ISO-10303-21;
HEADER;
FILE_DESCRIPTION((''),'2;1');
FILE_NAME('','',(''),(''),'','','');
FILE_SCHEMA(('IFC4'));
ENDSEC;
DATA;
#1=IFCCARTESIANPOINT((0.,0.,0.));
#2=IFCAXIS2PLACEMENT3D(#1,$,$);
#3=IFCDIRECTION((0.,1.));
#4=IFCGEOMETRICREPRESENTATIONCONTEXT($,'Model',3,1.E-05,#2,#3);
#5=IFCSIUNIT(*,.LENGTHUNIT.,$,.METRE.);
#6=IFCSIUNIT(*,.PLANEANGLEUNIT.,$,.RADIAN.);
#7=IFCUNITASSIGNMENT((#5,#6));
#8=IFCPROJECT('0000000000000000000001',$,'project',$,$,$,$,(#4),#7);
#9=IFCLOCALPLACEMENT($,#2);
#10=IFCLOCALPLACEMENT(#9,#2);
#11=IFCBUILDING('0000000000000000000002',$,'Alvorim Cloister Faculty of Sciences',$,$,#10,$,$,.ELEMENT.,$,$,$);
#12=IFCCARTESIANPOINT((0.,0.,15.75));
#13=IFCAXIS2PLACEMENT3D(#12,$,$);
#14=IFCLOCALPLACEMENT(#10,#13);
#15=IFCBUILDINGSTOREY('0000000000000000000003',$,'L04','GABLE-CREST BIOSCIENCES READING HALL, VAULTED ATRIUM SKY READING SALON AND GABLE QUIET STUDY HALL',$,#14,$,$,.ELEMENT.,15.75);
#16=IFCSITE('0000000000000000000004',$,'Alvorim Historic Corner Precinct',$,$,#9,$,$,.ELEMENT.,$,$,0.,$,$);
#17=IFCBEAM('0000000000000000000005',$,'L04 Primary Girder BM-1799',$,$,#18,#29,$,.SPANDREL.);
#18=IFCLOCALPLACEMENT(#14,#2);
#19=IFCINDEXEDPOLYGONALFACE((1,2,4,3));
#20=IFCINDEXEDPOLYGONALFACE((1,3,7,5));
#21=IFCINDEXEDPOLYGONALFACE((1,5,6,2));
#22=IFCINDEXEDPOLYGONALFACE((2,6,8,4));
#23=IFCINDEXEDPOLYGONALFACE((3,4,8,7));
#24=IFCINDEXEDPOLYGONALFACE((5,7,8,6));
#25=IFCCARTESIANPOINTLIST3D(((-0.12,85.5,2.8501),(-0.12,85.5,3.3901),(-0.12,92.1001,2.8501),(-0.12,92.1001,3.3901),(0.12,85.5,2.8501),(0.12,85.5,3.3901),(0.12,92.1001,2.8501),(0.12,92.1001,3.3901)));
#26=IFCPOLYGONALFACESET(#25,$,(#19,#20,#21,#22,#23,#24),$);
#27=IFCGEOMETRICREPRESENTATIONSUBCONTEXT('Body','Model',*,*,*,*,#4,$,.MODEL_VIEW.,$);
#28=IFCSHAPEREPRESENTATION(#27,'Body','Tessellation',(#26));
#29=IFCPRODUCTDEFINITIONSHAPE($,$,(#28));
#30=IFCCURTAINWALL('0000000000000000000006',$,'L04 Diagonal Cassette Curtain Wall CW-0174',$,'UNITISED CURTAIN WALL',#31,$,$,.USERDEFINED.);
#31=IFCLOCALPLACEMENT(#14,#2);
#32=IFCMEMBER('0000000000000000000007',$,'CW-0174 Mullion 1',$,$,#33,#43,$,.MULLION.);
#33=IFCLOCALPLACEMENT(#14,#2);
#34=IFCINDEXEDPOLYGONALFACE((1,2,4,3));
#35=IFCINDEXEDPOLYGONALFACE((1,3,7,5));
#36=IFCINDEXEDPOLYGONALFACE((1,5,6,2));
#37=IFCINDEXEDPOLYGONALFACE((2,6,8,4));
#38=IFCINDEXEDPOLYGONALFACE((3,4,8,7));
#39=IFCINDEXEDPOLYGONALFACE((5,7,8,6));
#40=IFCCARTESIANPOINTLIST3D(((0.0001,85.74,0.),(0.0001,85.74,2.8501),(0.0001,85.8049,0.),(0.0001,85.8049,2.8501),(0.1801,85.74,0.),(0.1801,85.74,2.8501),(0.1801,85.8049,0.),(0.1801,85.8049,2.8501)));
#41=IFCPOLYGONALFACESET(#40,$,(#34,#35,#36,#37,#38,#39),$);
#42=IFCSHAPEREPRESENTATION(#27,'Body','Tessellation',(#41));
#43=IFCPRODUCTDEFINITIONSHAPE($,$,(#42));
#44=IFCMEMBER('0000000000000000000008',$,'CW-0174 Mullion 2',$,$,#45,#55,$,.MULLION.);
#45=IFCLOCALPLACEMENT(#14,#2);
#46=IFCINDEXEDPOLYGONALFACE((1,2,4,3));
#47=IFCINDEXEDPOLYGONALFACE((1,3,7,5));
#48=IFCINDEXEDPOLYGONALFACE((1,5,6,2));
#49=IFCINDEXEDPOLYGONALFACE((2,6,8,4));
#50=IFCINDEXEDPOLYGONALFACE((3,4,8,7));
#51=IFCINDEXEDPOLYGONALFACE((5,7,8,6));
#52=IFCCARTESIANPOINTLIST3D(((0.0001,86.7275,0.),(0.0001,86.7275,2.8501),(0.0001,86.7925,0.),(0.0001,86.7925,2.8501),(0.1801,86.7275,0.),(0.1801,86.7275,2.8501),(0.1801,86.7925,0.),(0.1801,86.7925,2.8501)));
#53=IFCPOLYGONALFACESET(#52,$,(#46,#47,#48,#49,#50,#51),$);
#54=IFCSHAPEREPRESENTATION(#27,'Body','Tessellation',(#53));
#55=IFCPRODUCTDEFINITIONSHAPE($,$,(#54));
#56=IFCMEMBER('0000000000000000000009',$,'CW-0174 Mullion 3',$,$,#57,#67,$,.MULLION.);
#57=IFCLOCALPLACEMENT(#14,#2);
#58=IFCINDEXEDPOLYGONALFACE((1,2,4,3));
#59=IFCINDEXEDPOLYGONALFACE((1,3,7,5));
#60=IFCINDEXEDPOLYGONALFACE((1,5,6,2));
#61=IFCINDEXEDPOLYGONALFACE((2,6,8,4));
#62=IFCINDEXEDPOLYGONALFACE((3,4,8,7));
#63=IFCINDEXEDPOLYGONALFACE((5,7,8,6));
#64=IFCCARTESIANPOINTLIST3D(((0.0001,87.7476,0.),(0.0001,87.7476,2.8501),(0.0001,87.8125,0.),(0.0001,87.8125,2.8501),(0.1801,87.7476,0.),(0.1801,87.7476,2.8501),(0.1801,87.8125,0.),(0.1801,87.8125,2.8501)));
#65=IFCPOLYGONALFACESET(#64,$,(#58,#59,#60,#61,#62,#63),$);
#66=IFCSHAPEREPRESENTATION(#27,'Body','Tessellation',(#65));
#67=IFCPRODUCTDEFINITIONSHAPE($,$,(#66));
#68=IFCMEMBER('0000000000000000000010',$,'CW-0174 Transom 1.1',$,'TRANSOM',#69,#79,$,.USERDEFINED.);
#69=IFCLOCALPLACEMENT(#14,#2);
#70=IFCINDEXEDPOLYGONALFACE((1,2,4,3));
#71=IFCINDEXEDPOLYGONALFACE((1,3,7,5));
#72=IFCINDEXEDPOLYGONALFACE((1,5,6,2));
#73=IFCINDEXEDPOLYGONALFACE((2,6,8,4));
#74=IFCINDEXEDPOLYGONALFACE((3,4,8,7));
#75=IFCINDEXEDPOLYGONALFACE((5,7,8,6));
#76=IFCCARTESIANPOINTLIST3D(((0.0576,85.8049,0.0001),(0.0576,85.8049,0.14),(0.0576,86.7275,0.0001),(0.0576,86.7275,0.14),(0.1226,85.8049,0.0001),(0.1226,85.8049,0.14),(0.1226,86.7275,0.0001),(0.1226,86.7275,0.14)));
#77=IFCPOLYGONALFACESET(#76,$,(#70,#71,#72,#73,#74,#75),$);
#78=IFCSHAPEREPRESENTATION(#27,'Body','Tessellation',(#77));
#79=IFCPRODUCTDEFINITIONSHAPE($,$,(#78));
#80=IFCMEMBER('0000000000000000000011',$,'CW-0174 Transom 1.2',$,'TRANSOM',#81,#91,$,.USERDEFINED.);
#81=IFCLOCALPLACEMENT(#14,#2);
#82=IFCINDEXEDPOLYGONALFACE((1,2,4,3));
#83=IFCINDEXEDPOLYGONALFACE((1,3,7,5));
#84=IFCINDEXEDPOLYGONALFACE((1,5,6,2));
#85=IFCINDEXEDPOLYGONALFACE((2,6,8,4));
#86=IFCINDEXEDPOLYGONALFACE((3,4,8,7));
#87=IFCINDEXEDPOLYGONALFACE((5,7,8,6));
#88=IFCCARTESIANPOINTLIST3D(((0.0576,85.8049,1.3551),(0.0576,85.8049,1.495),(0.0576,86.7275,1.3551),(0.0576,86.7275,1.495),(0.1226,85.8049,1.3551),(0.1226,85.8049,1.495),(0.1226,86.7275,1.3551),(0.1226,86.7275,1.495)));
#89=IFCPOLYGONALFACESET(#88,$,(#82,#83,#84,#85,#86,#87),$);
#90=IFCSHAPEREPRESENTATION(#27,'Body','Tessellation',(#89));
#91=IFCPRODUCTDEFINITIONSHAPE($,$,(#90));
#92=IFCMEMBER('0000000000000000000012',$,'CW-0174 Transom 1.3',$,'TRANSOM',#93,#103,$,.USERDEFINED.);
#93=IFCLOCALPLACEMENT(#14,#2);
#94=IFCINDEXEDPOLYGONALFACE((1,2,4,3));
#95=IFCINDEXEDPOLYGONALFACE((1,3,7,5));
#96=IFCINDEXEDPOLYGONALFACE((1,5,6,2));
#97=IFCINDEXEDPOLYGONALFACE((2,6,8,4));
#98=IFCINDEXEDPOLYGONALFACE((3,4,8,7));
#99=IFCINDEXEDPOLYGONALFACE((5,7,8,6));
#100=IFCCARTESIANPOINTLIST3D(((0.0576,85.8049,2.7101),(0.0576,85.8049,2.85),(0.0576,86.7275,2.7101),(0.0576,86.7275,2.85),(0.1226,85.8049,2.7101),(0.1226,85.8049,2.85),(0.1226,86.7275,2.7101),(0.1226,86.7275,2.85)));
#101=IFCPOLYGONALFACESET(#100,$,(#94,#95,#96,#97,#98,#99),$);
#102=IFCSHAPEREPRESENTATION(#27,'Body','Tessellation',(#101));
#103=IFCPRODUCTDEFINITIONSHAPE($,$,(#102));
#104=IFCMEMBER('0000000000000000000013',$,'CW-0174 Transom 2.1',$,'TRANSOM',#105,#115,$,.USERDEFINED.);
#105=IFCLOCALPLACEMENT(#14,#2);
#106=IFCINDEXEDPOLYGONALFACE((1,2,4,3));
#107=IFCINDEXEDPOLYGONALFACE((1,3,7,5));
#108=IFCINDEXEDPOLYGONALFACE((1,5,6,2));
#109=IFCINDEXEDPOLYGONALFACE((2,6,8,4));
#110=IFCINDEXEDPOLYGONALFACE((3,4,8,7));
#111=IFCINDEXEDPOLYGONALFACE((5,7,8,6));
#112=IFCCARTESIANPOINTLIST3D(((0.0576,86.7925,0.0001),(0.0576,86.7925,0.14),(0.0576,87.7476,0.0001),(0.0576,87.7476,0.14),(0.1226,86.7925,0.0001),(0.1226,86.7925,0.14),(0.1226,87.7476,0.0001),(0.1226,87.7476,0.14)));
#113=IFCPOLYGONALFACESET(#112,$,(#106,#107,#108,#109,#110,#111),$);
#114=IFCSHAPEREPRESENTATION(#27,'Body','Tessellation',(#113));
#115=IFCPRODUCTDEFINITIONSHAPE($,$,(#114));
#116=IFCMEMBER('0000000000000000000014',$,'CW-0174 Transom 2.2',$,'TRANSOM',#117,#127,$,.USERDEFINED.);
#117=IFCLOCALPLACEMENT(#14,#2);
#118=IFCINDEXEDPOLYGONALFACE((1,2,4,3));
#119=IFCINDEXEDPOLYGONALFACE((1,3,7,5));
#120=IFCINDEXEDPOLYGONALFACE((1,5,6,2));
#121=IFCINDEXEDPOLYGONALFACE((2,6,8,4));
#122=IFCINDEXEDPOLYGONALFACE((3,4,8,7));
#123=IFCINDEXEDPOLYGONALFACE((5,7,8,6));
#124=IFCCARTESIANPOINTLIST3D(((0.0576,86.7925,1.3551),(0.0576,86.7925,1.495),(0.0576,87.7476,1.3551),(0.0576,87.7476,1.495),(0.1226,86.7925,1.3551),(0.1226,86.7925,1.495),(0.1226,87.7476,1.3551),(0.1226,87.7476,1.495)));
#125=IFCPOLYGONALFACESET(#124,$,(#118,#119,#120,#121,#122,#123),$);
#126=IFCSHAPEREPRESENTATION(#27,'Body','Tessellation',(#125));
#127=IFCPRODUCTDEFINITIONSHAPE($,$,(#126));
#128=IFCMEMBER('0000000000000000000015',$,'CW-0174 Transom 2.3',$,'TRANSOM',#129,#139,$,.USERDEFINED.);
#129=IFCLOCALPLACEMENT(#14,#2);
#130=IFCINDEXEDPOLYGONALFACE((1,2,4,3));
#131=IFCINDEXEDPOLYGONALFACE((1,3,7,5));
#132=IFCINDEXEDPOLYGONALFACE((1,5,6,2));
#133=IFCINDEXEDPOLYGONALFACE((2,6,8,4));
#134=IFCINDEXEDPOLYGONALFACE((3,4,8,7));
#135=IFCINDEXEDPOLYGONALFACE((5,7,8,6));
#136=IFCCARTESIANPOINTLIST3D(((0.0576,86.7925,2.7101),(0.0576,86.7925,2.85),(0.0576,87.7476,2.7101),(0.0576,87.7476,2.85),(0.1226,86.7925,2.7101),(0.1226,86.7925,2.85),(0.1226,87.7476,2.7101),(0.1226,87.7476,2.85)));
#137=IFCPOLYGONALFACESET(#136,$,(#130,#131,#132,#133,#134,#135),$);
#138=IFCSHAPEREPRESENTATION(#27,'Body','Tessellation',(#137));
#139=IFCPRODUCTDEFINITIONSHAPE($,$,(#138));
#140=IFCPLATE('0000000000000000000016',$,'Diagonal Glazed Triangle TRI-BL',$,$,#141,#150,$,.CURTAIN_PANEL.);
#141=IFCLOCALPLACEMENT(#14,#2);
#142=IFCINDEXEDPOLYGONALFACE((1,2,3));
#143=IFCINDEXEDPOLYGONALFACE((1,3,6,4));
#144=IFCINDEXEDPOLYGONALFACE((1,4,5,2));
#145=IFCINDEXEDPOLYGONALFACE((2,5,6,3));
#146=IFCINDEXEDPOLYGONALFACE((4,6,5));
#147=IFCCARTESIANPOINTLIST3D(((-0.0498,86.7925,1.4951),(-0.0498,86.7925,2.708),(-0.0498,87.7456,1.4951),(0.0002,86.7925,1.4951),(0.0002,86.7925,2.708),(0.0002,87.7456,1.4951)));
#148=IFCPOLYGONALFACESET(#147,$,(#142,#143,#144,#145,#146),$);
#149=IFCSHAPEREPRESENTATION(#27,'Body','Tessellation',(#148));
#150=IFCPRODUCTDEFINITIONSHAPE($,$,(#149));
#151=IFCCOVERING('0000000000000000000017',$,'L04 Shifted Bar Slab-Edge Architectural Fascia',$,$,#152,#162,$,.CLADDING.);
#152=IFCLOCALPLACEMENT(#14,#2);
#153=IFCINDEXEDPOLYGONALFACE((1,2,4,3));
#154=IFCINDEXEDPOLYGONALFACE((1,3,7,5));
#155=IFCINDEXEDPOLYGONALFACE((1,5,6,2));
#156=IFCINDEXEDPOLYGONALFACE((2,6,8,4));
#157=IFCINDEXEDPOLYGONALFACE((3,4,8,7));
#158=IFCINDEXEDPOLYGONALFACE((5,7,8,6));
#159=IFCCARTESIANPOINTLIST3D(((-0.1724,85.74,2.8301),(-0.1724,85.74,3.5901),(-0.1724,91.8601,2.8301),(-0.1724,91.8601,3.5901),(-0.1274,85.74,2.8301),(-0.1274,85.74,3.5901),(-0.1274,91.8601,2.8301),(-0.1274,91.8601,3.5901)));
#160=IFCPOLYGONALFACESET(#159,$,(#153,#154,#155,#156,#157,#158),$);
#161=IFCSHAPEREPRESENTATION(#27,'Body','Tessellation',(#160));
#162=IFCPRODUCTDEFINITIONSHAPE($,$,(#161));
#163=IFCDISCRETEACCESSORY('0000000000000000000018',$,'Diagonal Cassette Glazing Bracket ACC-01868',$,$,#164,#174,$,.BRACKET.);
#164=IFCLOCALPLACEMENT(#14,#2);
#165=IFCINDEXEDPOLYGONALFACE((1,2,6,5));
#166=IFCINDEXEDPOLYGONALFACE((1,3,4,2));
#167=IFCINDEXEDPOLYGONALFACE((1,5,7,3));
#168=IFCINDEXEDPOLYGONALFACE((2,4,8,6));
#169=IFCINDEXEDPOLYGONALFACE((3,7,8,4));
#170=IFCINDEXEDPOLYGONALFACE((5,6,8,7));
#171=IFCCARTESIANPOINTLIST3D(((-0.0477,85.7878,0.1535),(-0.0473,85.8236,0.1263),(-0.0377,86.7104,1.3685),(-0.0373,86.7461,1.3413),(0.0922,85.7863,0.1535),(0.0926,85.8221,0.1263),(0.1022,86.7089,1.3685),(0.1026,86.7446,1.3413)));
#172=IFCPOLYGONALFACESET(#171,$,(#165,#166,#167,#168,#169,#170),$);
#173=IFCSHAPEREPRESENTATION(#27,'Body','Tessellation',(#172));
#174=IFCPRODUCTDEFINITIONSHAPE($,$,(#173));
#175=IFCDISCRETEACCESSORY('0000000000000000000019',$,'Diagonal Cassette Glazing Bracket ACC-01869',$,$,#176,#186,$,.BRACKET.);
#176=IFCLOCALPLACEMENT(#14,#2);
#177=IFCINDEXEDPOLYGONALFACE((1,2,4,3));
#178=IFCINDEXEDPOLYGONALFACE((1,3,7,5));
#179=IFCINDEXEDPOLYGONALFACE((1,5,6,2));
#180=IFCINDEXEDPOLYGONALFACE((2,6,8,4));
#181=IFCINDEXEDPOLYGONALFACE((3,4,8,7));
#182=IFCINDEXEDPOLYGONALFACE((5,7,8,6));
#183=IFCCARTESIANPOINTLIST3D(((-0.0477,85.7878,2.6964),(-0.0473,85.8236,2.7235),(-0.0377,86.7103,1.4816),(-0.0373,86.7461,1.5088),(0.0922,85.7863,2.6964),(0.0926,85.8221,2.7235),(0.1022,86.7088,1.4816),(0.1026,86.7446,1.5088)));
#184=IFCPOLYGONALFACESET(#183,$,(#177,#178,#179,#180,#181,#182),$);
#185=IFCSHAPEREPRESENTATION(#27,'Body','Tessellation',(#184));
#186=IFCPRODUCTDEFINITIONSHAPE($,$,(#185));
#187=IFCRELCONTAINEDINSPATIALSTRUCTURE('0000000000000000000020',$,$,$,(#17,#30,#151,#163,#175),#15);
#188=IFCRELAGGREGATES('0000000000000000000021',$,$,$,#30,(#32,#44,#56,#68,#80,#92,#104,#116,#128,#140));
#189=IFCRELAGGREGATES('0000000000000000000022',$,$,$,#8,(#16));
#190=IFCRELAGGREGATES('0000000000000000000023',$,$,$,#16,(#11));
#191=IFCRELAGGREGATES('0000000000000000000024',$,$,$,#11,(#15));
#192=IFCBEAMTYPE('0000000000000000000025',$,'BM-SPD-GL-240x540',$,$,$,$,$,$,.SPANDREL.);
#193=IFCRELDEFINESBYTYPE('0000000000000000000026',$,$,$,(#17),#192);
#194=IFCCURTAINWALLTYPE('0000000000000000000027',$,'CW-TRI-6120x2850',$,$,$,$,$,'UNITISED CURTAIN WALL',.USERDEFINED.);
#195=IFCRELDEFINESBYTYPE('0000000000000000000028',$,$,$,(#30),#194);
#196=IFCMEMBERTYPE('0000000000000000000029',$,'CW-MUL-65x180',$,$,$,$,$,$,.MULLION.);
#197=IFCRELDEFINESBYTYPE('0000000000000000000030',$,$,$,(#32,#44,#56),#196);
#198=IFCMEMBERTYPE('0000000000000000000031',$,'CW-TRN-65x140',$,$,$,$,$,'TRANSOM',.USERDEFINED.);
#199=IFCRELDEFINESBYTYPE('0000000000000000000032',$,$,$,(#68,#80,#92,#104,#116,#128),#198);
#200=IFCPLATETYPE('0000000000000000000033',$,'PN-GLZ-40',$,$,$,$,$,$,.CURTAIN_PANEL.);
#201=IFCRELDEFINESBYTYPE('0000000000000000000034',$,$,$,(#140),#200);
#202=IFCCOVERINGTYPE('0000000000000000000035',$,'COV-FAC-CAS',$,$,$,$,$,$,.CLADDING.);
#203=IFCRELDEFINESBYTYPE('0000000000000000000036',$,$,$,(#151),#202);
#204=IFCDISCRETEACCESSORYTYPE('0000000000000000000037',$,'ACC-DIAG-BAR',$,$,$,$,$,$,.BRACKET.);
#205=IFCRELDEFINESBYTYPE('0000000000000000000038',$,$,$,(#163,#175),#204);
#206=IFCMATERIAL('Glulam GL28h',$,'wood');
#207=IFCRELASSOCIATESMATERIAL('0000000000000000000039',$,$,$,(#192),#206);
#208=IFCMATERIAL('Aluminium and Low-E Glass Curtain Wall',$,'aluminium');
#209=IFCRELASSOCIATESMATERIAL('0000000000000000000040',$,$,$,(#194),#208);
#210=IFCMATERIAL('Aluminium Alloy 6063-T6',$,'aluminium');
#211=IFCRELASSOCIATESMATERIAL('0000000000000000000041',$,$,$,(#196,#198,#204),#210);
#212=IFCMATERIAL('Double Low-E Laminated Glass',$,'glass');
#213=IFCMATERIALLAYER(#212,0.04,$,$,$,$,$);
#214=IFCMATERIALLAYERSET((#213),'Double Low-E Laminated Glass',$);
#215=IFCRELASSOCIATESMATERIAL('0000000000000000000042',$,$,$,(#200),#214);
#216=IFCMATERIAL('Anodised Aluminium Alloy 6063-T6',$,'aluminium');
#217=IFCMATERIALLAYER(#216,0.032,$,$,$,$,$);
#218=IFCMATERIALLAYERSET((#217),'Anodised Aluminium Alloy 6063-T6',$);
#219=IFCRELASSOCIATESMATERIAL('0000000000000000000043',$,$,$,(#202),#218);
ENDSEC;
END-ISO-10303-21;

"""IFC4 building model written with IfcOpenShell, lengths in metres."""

from ifc_helpers import new_model, si_unit, direction, frame, origin, origin_2d, place, context, subcontext, project, spatial, polyline, rectangle, outline, extrude, material, layer, layer_set, material_profile, profile_set, type_object, element, aggregate, save


model = new_model("IFC4")

# Units and contexts
model_context = context("Model", 3, precision=1e-05, world=origin(), true_north=direction((0.0, 1.0)))
body_context = subcontext(model_context, "Body", "Model", "MODEL_VIEW")
ifc_project = project(units=[si_unit("LENGTHUNIT", "METRE"), si_unit("PLANEANGLEUNIT", "RADIAN")], contexts=[model_context])

# Site, building, storey
site_placement = place(None, origin())
site = spatial("IfcSite", under=ifc_project, at=site_placement, Name="Alvorim Historic Corner Precinct", CompositionType="ELEMENT", RefElevation=0.0)
building_placement = place(site_placement, origin())
building = spatial("IfcBuilding", under=site, at=building_placement, Name="Alvorim Cloister Faculty of Sciences", CompositionType="ELEMENT")
storey_placement = place(building_placement, frame((0.0, 0.0, 15.75)))
storey = spatial("IfcBuildingStorey", under=building, at=storey_placement, Name="L04", Description="GABLE-CREST BIOSCIENCES READING HALL, VAULTED ATRIUM SKY READING SALON AND GABLE QUIET STUDY HALL", CompositionType="ELEMENT", Elevation=15.75)

# Beam
ifc_material_1 = material(Name="Glulam GL28h", Category="wood")
ifc_material_profile_1 = material_profile(ifc_material_1, rectangle(XDim=0.24, YDim=0.54, at=origin_2d()), Name="GL28-SPD-240x540")
ifc_profile_set_1 = profile_set([ifc_material_profile_1], Name="Glulam GL28h")
beam_type = type_object("IfcBeamType", Name="BM-SPD-GL-240x540", PredefinedType="SPANDREL", material=ifc_profile_set_1)
beam_placement = place(storey_placement, frame((0.0, 85.5, 3.1201), z_axis=(0.0, 1.0, 0.0), x_axis=(-1.0, 0.0, 0.0)))
element("IfcBeam", 1, at=beam_placement, inside=storey, type_object=beam_type, Name="L04 Primary Girder BM-1799", PredefinedType="SPANDREL", context=body_context, shape_type="SweptSolid", body=[
    extrude(rectangle(XDim=0.24, YDim=0.54, at=origin_2d()), origin(), (0.0, 0.0, 1.0), 6.6001),
])

# Curtain wall, members, plate
ifc_material_2 = material(Name="Aluminium and Low-E Glass Curtain Wall", Category="aluminium")
curtain_wall_type = type_object("IfcCurtainWallType", Name="CW-TRI-6120x2850", ElementType="UNITISED CURTAIN WALL", PredefinedType="USERDEFINED", material=ifc_material_2)
curtain_wall_placement = place(storey_placement, origin())
curtain_wall = element("IfcCurtainWall", 2, at=curtain_wall_placement, inside=storey, type_object=curtain_wall_type, Name="L04 Diagonal Cassette Curtain Wall CW-0174", ObjectType="UNITISED CURTAIN WALL", PredefinedType="USERDEFINED")
ifc_material_3 = material(Name="Aluminium Alloy 6063-T6", Category="aluminium")
ifc_material_profile_2 = material_profile(ifc_material_3, rectangle(XDim=0.0649, YDim=0.1799, at=origin_2d()), Name="ALU-MUL-65x180")
ifc_profile_set_2 = profile_set([ifc_material_profile_2], Name="Aluminium Alloy 6063-T6")
member_type_1 = type_object("IfcMemberType", Name="CW-MUL-65x180", PredefinedType="MULLION", material=ifc_profile_set_2)
member_1_placement = place(storey_placement, frame((0.0901, 85.7725, 0.0), z_axis=(0.0, 0.0, 1.0), x_axis=(0.0, 1.0, 0.0)))
member_1 = element("IfcMember", 3, at=member_1_placement, type_object=member_type_1, Name="CW-0174 Mullion 1", PredefinedType="MULLION", context=body_context, shape_type="SweptSolid", body=[
    extrude(rectangle(XDim=0.0649, YDim=0.1799, at=origin_2d()), origin(), (0.0, 0.0, 1.0), 2.8501),
])
member_2_placement = place(storey_placement, frame((0.0901, 86.76, 0.0), z_axis=(0.0, 0.0, 1.0), x_axis=(0.0, 1.0, 0.0)))
member_2 = element("IfcMember", 4, at=member_2_placement, type_object=member_type_1, Name="CW-0174 Mullion 2", PredefinedType="MULLION", context=body_context, shape_type="SweptSolid", body=[
    extrude(rectangle(XDim=0.0649, YDim=0.1799, at=origin_2d()), origin(), (0.0, 0.0, 1.0), 2.8501),
])
member_3_placement = place(storey_placement, frame((0.0901, 87.78, 0.0), z_axis=(0.0, 0.0, 1.0), x_axis=(0.0, 1.0, 0.0)))
member_3 = element("IfcMember", 5, at=member_3_placement, type_object=member_type_1, Name="CW-0174 Mullion 3", PredefinedType="MULLION", context=body_context, shape_type="SweptSolid", body=[
    extrude(rectangle(XDim=0.0649, YDim=0.1799, at=origin_2d()), origin(), (0.0, 0.0, 1.0), 2.8501),
])
ifc_material_profile_3 = material_profile(ifc_material_3, rectangle(XDim=0.0649, YDim=0.1399, at=origin_2d()), Name="ALU-TRN-65x140")
ifc_profile_set_3 = profile_set([ifc_material_profile_3], Name="Aluminium Alloy 6063-T6")
member_type_2 = type_object("IfcMemberType", Name="CW-TRN-65x140", ElementType="TRANSOM", PredefinedType="USERDEFINED", material=ifc_profile_set_3)
member_4_placement = place(storey_placement, frame((0.0901, 85.8049, 0.0701), z_axis=(0.0, 1.0, 0.0), x_axis=(-1.0, 0.0, 0.0)))
member_4 = element("IfcMember", 6, at=member_4_placement, type_object=member_type_2, Name="CW-0174 Transom 1.1", ObjectType="TRANSOM", PredefinedType="USERDEFINED", context=body_context, shape_type="SweptSolid", body=[
    extrude(rectangle(XDim=0.0649, YDim=0.1399, at=origin_2d()), origin(), (0.0, 0.0, 1.0), 0.9226),
])
member_5_placement = place(storey_placement, frame((0.0901, 85.8049, 1.425), z_axis=(0.0, 1.0, 0.0), x_axis=(-1.0, 0.0, 0.0)))
member_5 = element("IfcMember", 7, at=member_5_placement, type_object=member_type_2, Name="CW-0174 Transom 1.2", ObjectType="TRANSOM", PredefinedType="USERDEFINED", context=body_context, shape_type="SweptSolid", body=[
    extrude(rectangle(XDim=0.0649, YDim=0.1399, at=origin_2d()), origin(), (0.0, 0.0, 1.0), 0.9226),
])
member_6_placement = place(storey_placement, frame((0.0901, 85.8049, 2.78), z_axis=(0.0, 1.0, 0.0), x_axis=(-1.0, 0.0, 0.0)))
member_6 = element("IfcMember", 8, at=member_6_placement, type_object=member_type_2, Name="CW-0174 Transom 1.3", ObjectType="TRANSOM", PredefinedType="USERDEFINED", context=body_context, shape_type="SweptSolid", body=[
    extrude(rectangle(XDim=0.0649, YDim=0.1399, at=origin_2d()), origin(), (0.0, 0.0, 1.0), 0.9226),
])
member_7_placement = place(storey_placement, frame((0.0901, 86.7925, 0.0701), z_axis=(0.0, 1.0, 0.0), x_axis=(-1.0, 0.0, 0.0)))
member_7 = element("IfcMember", 9, at=member_7_placement, type_object=member_type_2, Name="CW-0174 Transom 2.1", ObjectType="TRANSOM", PredefinedType="USERDEFINED", context=body_context, shape_type="SweptSolid", body=[
    extrude(rectangle(XDim=0.0649, YDim=0.1399, at=origin_2d()), origin(), (0.0, 0.0, 1.0), 0.9551),
])
member_8_placement = place(storey_placement, frame((0.0901, 86.7925, 1.425), z_axis=(0.0, 1.0, 0.0), x_axis=(-1.0, 0.0, 0.0)))
member_8 = element("IfcMember", 10, at=member_8_placement, type_object=member_type_2, Name="CW-0174 Transom 2.2", ObjectType="TRANSOM", PredefinedType="USERDEFINED", context=body_context, shape_type="SweptSolid", body=[
    extrude(rectangle(XDim=0.0649, YDim=0.1399, at=origin_2d()), origin(), (0.0, 0.0, 1.0), 0.9551),
])
member_9_placement = place(storey_placement, frame((0.0901, 86.7925, 2.78), z_axis=(0.0, 1.0, 0.0), x_axis=(-1.0, 0.0, 0.0)))
member_9 = element("IfcMember", 11, at=member_9_placement, type_object=member_type_2, Name="CW-0174 Transom 2.3", ObjectType="TRANSOM", PredefinedType="USERDEFINED", context=body_context, shape_type="SweptSolid", body=[
    extrude(rectangle(XDim=0.0649, YDim=0.1399, at=origin_2d()), origin(), (0.0, 0.0, 1.0), 0.9551),
])
ifc_material_4 = material(Name="Double Low-E Laminated Glass", Category="glass")
ifc_layer_1 = layer(ifc_material_4, 0.04)
ifc_layer_set_1 = layer_set([ifc_layer_1], Name="Double Low-E Laminated Glass")
plate_type = type_object("IfcPlateType", Name="PN-GLZ-40", PredefinedType="CURTAIN_PANEL", material=ifc_layer_set_1)
plate_1_placement = place(storey_placement, frame((-0.0249, 86.7925, 1.4951), z_axis=(0.0, 0.0, 1.0), x_axis=(0.0, 1.0, 0.0)))
plate_1 = element("IfcPlate", 12, at=plate_1_placement, type_object=plate_type, Name="Diagonal Glazed Triangle TRI-BL", PredefinedType="CURTAIN_PANEL", context=body_context, shape_type="SweptSolid", body=[
    extrude(outline(polyline([(0.0, 0.0), (0.9531, 0.0), (0.0, 1.2129), (0.0, 0.0)])), frame((0.0, 0.0249, 0.0), z_axis=(0.0, -1.0, 0.0), x_axis=(1.0, 0.0, 0.0)), (0.0, 0.0, 1.0), 0.05),
])
aggregate(curtain_wall, [member_1, member_2, member_3, member_4, member_5, member_6, member_7, member_8, member_9, plate_1])

# Covering
ifc_material_5 = material(Name="Anodised Aluminium Alloy 6063-T6", Category="aluminium")
ifc_layer_2 = layer(ifc_material_5, 0.032)
ifc_layer_set_2 = layer_set([ifc_layer_2], Name="Anodised Aluminium Alloy 6063-T6")
covering_type = type_object("IfcCoveringType", Name="COV-FAC-CAS", PredefinedType="CLADDING", material=ifc_layer_set_2)
covering_placement = place(storey_placement, frame((-0.1499, 85.74, 2.8301), z_axis=(0.0, 0.0, 1.0), x_axis=(0.0, 1.0, 0.0)))
element("IfcCovering", 13, at=covering_placement, inside=storey, type_object=covering_type, Name="L04 Shifted Bar Slab-Edge Architectural Fascia", PredefinedType="CLADDING", context=body_context, shape_type="SweptSolid", body=[
    extrude(outline(polyline([(0.0, 0.0), (6.1201, 0.0), (6.1201, 0.76), (0.0, 0.76), (0.0, 0.0)])), frame((0.0, 0.0225, 0.0), z_axis=(0.0, -1.0, 0.0), x_axis=(1.0, 0.0, 0.0)), (0.0, 0.0, 1.0), 0.0449),
])

# Discrete accessories
discrete_accessory_type = type_object("IfcDiscreteAccessoryType", Name="ACC-DIAG-BAR", PredefinedType="BRACKET", material=ifc_material_3)
discrete_accessory_1_placement = place(storey_placement, frame((0.0225, 85.8049, 0.1399), z_axis=(0.006561, 0.604713, 0.796416), x_axis=(-0.999941, 0.010849, 0.0)))
element("IfcDiscreteAccessory", 14, at=discrete_accessory_1_placement, inside=storey, type_object=discrete_accessory_type, Name="Diagonal Cassette Glazing Bracket ACC-01868", PredefinedType="BRACKET", context=body_context, shape_type="SweptSolid", body=[
    extrude(rectangle(XDim=0.1399, YDim=0.0449, at=origin_2d()), origin(), (0.0, 0.0, 1.0), 1.5256),
])
discrete_accessory_2_placement = place(storey_placement, frame((0.0225, 85.8049, 2.71), z_axis=(0.006562, 0.60479, -0.796358), x_axis=(-0.999941, 0.010849, 0.0)))
element("IfcDiscreteAccessory", 15, at=discrete_accessory_2_placement, inside=storey, type_object=discrete_accessory_type, Name="Diagonal Cassette Glazing Bracket ACC-01869", PredefinedType="BRACKET", context=body_context, shape_type="SweptSolid", body=[
    extrude(rectangle(XDim=0.1399, YDim=0.0449, at=origin_2d()), origin(), (0.0, 0.0, 1.0), 1.5254),
])

save(model, "model.ifc")
